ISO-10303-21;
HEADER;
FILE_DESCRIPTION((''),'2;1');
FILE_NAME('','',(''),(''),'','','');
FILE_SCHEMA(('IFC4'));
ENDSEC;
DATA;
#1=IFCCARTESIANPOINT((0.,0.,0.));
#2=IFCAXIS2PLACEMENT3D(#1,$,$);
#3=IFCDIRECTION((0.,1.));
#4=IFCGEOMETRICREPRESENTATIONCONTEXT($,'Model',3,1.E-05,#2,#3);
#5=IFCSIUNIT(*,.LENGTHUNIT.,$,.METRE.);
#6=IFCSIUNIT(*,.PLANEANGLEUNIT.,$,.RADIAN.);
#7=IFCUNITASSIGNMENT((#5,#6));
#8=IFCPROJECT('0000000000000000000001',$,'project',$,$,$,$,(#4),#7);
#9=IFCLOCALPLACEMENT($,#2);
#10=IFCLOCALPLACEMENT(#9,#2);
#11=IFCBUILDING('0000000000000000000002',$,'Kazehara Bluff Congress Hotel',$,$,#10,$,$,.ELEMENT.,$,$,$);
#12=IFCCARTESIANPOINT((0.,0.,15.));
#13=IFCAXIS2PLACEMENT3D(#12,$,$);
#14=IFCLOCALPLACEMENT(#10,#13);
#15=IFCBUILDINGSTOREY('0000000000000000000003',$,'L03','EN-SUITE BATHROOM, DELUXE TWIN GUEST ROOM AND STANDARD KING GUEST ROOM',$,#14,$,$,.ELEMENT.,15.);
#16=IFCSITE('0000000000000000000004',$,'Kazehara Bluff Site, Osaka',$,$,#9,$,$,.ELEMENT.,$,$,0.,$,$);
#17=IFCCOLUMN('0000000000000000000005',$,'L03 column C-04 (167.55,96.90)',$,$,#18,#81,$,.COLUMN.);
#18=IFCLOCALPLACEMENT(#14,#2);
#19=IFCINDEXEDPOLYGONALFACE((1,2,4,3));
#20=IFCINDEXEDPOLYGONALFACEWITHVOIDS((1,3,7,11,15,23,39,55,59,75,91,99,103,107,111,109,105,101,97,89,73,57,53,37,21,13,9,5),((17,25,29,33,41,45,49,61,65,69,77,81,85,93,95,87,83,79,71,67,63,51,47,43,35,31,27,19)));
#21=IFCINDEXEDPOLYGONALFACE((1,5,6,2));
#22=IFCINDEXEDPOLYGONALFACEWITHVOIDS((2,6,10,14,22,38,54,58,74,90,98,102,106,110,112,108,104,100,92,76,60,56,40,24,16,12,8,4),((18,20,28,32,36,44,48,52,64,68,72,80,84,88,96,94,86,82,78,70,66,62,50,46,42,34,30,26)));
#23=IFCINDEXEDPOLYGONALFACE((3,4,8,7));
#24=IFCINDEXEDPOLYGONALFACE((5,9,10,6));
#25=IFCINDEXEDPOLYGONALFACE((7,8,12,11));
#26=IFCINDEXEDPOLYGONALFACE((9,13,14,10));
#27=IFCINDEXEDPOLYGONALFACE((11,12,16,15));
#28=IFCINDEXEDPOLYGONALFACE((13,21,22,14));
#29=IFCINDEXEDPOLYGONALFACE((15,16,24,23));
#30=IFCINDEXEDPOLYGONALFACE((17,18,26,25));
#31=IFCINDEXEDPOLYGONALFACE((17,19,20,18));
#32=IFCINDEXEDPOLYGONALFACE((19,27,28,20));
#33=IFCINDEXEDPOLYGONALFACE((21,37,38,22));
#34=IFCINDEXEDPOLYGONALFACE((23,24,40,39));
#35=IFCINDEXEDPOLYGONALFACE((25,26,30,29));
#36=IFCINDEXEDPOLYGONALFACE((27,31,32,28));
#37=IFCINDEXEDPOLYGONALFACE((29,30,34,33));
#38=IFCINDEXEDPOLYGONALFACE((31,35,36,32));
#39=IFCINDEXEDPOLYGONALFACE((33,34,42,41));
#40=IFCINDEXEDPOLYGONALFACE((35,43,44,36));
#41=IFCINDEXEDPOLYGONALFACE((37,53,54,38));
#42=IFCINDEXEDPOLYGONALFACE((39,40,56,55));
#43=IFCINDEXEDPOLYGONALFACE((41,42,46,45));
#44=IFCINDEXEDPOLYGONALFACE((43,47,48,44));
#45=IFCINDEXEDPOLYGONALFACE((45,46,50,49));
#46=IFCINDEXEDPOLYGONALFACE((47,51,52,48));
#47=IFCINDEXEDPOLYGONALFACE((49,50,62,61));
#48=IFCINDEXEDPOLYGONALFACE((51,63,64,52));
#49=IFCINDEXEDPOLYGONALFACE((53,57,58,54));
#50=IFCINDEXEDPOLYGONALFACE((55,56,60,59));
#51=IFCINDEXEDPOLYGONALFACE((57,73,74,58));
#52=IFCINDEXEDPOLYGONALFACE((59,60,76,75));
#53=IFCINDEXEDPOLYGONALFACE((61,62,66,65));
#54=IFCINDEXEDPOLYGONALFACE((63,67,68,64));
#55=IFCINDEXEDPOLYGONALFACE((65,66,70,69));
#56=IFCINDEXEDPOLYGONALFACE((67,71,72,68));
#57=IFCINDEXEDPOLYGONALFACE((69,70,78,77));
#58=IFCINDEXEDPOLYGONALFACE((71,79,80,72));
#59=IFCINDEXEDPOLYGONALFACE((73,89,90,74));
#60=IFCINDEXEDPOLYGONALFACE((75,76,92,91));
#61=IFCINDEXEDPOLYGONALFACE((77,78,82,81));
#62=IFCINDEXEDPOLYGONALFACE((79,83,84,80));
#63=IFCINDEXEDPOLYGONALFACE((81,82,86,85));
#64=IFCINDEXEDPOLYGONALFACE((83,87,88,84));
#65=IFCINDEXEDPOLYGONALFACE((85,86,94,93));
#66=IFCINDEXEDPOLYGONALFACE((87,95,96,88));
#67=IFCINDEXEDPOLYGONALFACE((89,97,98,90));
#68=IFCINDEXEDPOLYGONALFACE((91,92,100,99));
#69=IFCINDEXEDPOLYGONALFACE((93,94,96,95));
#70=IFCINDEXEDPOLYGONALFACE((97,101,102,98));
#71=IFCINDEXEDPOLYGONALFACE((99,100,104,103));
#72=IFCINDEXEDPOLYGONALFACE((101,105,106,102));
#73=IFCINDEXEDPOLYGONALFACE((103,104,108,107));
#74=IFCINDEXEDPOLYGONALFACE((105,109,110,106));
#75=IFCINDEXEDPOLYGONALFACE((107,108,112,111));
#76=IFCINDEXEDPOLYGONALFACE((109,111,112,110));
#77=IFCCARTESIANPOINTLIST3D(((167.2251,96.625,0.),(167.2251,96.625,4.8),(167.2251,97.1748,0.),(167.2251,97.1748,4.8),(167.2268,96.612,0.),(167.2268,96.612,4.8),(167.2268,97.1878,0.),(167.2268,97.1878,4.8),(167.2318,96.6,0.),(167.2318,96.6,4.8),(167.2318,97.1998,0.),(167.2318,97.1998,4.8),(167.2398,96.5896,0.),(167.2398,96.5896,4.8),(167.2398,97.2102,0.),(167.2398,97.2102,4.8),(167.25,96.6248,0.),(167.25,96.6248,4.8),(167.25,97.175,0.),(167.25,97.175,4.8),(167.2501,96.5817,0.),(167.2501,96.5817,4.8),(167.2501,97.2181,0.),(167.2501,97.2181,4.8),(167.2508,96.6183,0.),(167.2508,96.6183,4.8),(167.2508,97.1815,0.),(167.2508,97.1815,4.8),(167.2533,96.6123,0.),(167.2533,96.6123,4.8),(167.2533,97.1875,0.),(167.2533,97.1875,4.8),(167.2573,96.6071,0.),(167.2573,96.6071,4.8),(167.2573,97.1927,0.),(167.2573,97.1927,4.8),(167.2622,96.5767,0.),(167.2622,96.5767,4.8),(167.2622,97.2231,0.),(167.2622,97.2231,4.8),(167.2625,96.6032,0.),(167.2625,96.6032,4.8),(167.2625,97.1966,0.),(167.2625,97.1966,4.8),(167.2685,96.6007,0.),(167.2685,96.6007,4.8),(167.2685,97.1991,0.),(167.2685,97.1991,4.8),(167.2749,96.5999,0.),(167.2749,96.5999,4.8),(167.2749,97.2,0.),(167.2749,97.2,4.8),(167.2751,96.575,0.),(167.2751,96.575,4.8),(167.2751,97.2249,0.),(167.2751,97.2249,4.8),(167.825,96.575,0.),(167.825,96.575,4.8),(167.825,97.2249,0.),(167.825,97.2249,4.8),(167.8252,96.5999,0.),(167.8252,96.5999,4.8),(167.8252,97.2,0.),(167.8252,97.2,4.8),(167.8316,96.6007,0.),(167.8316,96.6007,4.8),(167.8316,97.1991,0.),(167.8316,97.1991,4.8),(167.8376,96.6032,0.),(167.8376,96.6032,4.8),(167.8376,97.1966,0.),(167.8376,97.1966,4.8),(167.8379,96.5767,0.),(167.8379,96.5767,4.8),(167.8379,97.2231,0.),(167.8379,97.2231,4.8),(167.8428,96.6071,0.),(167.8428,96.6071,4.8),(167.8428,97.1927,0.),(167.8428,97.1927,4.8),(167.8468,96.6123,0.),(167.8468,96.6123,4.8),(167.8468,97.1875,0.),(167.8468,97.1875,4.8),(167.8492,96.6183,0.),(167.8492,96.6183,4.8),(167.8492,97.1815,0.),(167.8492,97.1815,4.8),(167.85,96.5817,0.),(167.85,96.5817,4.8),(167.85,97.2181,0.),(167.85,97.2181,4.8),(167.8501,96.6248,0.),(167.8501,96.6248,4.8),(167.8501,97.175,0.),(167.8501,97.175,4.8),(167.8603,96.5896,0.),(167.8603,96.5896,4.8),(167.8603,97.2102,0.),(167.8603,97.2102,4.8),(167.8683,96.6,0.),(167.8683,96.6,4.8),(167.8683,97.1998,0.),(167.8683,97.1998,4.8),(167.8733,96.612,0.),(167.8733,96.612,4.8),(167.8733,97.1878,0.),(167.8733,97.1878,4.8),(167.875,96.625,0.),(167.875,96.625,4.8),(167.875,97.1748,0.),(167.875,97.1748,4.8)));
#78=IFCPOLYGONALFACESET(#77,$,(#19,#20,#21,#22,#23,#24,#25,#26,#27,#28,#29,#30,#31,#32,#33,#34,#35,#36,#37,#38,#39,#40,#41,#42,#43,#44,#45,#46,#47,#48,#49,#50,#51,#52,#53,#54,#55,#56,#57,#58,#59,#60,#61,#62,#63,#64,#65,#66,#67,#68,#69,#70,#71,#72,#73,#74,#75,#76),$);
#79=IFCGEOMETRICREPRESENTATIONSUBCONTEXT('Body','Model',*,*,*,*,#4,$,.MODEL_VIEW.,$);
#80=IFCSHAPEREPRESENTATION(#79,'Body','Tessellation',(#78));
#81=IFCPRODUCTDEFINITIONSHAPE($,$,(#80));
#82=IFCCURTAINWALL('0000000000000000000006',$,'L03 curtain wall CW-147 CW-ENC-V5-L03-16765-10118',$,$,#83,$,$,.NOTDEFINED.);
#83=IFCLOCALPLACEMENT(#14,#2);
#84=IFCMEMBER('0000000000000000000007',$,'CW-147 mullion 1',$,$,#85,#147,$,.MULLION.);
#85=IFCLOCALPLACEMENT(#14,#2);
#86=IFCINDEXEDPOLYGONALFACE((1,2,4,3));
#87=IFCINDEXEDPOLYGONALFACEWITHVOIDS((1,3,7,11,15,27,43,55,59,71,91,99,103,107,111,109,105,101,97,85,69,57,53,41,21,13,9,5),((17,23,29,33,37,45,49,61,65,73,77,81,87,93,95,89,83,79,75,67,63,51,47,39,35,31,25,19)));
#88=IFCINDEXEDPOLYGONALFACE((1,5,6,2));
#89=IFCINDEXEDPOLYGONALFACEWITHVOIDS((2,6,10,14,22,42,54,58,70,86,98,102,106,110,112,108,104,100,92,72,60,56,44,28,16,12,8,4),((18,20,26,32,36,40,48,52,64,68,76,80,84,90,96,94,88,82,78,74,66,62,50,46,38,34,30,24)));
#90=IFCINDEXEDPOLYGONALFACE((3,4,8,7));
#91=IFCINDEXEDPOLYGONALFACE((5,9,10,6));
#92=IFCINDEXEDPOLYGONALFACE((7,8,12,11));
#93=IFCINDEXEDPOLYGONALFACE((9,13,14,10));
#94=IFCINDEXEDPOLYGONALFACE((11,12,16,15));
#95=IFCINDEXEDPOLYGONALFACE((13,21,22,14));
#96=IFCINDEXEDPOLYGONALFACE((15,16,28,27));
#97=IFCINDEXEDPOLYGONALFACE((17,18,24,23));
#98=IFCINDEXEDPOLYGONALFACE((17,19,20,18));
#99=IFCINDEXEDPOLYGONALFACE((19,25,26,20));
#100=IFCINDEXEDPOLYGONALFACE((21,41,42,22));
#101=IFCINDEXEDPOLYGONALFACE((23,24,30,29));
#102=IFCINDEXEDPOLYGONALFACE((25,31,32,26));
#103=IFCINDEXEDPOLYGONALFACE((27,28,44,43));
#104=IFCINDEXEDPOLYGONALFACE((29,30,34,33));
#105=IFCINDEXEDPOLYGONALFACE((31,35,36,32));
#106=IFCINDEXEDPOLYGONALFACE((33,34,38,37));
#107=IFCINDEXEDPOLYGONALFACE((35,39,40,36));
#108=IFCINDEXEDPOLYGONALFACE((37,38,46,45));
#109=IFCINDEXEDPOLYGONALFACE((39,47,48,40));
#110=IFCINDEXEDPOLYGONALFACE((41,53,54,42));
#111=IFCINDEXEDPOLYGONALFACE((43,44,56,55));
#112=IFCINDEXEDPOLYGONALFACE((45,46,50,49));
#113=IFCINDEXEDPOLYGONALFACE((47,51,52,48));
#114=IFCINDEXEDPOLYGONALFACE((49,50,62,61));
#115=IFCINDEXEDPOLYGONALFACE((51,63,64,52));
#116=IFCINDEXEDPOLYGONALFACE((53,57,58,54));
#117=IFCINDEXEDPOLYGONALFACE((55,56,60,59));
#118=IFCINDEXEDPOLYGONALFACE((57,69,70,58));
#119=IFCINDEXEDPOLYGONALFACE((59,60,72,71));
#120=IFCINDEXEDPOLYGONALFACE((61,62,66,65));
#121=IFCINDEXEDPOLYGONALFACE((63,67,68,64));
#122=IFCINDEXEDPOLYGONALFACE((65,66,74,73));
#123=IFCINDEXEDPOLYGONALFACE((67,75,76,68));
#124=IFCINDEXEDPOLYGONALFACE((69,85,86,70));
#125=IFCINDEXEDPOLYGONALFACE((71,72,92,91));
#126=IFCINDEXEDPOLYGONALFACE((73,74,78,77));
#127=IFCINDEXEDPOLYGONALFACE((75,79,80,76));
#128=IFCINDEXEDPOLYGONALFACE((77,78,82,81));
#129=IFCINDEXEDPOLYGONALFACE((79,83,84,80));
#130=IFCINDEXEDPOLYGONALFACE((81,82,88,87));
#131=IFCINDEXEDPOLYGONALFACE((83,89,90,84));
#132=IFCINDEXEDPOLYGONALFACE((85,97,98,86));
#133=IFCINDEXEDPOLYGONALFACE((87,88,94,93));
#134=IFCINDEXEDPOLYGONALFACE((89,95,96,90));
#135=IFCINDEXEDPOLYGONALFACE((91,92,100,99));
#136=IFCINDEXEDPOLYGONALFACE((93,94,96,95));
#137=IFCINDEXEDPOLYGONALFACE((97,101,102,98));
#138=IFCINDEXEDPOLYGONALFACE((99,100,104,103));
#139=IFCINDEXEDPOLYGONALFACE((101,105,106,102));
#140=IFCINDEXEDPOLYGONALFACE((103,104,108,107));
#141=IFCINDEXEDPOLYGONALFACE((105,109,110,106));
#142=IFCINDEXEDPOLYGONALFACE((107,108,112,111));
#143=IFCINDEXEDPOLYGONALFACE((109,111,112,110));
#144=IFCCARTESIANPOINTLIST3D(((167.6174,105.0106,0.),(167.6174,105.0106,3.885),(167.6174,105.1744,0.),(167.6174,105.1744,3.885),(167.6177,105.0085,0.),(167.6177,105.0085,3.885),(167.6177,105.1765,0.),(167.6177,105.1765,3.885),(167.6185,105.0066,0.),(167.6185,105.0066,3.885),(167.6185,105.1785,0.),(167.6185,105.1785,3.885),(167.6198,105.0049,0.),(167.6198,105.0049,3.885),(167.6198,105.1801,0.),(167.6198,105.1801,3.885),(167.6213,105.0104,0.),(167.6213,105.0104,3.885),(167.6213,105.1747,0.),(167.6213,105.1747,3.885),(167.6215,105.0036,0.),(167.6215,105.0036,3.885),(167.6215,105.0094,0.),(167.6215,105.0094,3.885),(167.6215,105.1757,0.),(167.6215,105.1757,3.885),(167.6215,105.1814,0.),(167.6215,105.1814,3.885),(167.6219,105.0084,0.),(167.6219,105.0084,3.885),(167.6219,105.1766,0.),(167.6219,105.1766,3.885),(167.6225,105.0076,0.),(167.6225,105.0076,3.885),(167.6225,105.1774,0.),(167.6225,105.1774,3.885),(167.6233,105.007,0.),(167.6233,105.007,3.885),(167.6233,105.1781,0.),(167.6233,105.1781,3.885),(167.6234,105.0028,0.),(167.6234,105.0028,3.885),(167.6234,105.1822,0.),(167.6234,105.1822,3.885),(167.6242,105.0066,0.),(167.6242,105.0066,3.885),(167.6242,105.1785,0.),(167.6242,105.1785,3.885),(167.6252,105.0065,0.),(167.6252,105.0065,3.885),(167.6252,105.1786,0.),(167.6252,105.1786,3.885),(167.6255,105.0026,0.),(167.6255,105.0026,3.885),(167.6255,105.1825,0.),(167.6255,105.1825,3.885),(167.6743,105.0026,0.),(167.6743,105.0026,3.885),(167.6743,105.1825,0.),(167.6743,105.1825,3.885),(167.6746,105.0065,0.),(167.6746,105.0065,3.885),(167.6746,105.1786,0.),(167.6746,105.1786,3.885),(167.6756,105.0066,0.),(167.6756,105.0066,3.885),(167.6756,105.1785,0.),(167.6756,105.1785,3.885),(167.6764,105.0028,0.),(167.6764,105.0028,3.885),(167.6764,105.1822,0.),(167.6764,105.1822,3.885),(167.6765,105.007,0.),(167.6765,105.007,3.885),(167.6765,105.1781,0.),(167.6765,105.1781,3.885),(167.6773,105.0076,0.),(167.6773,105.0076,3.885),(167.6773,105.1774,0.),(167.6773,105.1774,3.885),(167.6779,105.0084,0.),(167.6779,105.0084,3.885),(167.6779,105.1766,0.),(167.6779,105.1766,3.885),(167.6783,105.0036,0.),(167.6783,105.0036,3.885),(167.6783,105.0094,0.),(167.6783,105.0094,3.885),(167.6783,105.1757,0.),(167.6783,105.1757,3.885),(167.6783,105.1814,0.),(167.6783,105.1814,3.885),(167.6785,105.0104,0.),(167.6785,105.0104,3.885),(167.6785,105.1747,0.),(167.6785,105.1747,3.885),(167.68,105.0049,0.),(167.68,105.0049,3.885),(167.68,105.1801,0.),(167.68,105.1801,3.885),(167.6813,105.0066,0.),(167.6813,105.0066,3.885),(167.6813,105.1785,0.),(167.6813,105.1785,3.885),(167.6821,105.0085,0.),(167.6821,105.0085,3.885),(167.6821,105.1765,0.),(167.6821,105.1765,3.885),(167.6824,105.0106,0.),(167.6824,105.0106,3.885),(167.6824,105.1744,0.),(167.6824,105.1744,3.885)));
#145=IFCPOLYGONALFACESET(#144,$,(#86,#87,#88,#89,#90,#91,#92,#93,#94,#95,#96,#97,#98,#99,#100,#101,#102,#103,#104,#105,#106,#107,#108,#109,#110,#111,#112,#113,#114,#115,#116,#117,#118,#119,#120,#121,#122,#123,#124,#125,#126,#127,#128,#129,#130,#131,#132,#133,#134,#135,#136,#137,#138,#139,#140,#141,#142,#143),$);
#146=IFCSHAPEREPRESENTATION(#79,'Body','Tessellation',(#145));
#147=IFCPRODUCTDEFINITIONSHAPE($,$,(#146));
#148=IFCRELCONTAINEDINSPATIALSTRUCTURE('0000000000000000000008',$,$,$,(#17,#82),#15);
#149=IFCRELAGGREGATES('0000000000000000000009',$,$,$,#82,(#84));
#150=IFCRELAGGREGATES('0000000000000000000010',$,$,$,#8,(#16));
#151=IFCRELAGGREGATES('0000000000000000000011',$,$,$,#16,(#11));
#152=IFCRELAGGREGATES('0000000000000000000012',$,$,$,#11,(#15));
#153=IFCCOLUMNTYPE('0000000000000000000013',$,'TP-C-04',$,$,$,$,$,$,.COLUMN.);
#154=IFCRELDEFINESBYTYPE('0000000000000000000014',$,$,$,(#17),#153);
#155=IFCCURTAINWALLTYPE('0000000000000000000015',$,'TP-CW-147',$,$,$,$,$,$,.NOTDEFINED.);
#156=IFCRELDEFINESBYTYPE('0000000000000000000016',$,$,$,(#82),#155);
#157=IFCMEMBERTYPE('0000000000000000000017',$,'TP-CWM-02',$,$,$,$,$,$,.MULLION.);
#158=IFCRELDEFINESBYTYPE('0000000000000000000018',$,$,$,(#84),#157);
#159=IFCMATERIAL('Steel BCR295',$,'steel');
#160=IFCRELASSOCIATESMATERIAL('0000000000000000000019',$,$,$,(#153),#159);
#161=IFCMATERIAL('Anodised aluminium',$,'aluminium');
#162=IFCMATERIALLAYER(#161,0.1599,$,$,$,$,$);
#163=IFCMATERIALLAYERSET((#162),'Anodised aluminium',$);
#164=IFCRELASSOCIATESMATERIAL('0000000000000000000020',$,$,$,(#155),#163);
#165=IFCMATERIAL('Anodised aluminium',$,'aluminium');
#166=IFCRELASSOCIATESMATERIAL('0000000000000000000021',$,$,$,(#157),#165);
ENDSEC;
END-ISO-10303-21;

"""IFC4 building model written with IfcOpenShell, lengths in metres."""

from ifc_helpers import new_model, si_unit, direction, frame, origin, origin_2d, place, context, subcontext, project, spatial, hollow_rectangle, extrude, material, layer, layer_set, material_profile, profile_set, type_object, element, aggregate, save


model = new_model("IFC4")

# Units and contexts
model_context = context("Model", 3, precision=1e-05, world=origin(), true_north=direction((0.0, 1.0)))
body_context = subcontext(model_context, "Body", "Model", "MODEL_VIEW")
ifc_project = project(units=[si_unit("LENGTHUNIT", "METRE"), si_unit("PLANEANGLEUNIT", "RADIAN")], contexts=[model_context])

# Site, building, storey
site_placement = place(None, origin())
site = spatial("IfcSite", under=ifc_project, at=site_placement, Name="Kazehara Bluff Site, Osaka", CompositionType="ELEMENT", RefElevation=0.0)
building_placement = place(site_placement, origin())
building = spatial("IfcBuilding", under=site, at=building_placement, Name="Kazehara Bluff Congress Hotel", CompositionType="ELEMENT")
storey_placement = place(building_placement, frame((0.0, 0.0, 15.0)))
storey = spatial("IfcBuildingStorey", under=building, at=storey_placement, Name="L03", Description="EN-SUITE BATHROOM, DELUXE TWIN GUEST ROOM AND STANDARD KING GUEST ROOM", CompositionType="ELEMENT", Elevation=15.0)

# Column
ifc_material_1 = material(Name="Steel BCR295", Category="steel")
ifc_material_profile_1 = material_profile(ifc_material_1, hollow_rectangle(XDim=0.6499, YDim=0.6499, WallThickness=0.0249, InnerFilletRadius=0.0249, OuterFilletRadius=0.05, at=origin_2d()))
ifc_profile_set_1 = profile_set([ifc_material_profile_1], Name="Steel BCR295")
column_type = type_object("IfcColumnType", Name="TP-C-04", PredefinedType="COLUMN", material=ifc_profile_set_1)
column_placement = place(storey_placement, frame((167.55, 96.8999, 0.0), z_axis=(0.0, 0.0, 1.0), x_axis=(1.0, 0.0, 0.0)))
element("IfcColumn", 1, at=column_placement, inside=storey, type_object=column_type, Name="L03 column C-04 (167.55,96.90)", PredefinedType="COLUMN", context=body_context, shape_type="SweptSolid", body=[
    extrude(hollow_rectangle(XDim=0.6499, YDim=0.6499, WallThickness=0.0249, InnerFilletRadius=0.0249, OuterFilletRadius=0.05, at=origin_2d()), origin(), (0.0, 0.0, 1.0), 4.8),
])

# Curtain wall, member
ifc_material_2 = material(Name="Anodised aluminium", Category="aluminium")
ifc_layer_1 = layer(ifc_material_2, 0.1599)
ifc_layer_set_1 = layer_set([ifc_layer_1], Name="Anodised aluminium")
curtain_wall_type = type_object("IfcCurtainWallType", Name="TP-CW-147", PredefinedType="NOTDEFINED", material=ifc_layer_set_1)
curtain_wall_placement = place(storey_placement, origin())
curtain_wall = element("IfcCurtainWall", 2, at=curtain_wall_placement, inside=storey, type_object=curtain_wall_type, Name="L03 curtain wall CW-147 CW-ENC-V5-L03-16765-10118", PredefinedType="NOTDEFINED")
ifc_material_3 = material(Name="Anodised aluminium", Category="aluminium")
ifc_material_profile_2 = material_profile(ifc_material_3, hollow_rectangle(XDim=0.0649, YDim=0.1799, WallThickness=0.0039, InnerFilletRadius=0.0039, OuterFilletRadius=0.0081, at=origin_2d()))
ifc_profile_set_2 = profile_set([ifc_material_profile_2], Name="Anodised aluminium")
member_type_1 = type_object("IfcMemberType", Name="TP-CWM-02", PredefinedType="MULLION", material=ifc_profile_set_2)
member_1_placement = place(storey_placement, frame((167.6499, 105.0925, 0.0), z_axis=(0.0, 0.0, 1.0), x_axis=(1.0, 0.0, 0.0)))
member_1 = element("IfcMember", 3, at=member_1_placement, type_object=member_type_1, Name="CW-147 mullion 1", PredefinedType="MULLION", context=body_context, shape_type="SweptSolid", body=[
    extrude(hollow_rectangle(XDim=0.0649, YDim=0.1799, WallThickness=0.0039, InnerFilletRadius=0.0039, OuterFilletRadius=0.0081, at=origin_2d()), origin(), (0.0, 0.0, 1.0), 3.885),
])

aggregate(curtain_wall, [member_1])

save(model, "model.ifc")
